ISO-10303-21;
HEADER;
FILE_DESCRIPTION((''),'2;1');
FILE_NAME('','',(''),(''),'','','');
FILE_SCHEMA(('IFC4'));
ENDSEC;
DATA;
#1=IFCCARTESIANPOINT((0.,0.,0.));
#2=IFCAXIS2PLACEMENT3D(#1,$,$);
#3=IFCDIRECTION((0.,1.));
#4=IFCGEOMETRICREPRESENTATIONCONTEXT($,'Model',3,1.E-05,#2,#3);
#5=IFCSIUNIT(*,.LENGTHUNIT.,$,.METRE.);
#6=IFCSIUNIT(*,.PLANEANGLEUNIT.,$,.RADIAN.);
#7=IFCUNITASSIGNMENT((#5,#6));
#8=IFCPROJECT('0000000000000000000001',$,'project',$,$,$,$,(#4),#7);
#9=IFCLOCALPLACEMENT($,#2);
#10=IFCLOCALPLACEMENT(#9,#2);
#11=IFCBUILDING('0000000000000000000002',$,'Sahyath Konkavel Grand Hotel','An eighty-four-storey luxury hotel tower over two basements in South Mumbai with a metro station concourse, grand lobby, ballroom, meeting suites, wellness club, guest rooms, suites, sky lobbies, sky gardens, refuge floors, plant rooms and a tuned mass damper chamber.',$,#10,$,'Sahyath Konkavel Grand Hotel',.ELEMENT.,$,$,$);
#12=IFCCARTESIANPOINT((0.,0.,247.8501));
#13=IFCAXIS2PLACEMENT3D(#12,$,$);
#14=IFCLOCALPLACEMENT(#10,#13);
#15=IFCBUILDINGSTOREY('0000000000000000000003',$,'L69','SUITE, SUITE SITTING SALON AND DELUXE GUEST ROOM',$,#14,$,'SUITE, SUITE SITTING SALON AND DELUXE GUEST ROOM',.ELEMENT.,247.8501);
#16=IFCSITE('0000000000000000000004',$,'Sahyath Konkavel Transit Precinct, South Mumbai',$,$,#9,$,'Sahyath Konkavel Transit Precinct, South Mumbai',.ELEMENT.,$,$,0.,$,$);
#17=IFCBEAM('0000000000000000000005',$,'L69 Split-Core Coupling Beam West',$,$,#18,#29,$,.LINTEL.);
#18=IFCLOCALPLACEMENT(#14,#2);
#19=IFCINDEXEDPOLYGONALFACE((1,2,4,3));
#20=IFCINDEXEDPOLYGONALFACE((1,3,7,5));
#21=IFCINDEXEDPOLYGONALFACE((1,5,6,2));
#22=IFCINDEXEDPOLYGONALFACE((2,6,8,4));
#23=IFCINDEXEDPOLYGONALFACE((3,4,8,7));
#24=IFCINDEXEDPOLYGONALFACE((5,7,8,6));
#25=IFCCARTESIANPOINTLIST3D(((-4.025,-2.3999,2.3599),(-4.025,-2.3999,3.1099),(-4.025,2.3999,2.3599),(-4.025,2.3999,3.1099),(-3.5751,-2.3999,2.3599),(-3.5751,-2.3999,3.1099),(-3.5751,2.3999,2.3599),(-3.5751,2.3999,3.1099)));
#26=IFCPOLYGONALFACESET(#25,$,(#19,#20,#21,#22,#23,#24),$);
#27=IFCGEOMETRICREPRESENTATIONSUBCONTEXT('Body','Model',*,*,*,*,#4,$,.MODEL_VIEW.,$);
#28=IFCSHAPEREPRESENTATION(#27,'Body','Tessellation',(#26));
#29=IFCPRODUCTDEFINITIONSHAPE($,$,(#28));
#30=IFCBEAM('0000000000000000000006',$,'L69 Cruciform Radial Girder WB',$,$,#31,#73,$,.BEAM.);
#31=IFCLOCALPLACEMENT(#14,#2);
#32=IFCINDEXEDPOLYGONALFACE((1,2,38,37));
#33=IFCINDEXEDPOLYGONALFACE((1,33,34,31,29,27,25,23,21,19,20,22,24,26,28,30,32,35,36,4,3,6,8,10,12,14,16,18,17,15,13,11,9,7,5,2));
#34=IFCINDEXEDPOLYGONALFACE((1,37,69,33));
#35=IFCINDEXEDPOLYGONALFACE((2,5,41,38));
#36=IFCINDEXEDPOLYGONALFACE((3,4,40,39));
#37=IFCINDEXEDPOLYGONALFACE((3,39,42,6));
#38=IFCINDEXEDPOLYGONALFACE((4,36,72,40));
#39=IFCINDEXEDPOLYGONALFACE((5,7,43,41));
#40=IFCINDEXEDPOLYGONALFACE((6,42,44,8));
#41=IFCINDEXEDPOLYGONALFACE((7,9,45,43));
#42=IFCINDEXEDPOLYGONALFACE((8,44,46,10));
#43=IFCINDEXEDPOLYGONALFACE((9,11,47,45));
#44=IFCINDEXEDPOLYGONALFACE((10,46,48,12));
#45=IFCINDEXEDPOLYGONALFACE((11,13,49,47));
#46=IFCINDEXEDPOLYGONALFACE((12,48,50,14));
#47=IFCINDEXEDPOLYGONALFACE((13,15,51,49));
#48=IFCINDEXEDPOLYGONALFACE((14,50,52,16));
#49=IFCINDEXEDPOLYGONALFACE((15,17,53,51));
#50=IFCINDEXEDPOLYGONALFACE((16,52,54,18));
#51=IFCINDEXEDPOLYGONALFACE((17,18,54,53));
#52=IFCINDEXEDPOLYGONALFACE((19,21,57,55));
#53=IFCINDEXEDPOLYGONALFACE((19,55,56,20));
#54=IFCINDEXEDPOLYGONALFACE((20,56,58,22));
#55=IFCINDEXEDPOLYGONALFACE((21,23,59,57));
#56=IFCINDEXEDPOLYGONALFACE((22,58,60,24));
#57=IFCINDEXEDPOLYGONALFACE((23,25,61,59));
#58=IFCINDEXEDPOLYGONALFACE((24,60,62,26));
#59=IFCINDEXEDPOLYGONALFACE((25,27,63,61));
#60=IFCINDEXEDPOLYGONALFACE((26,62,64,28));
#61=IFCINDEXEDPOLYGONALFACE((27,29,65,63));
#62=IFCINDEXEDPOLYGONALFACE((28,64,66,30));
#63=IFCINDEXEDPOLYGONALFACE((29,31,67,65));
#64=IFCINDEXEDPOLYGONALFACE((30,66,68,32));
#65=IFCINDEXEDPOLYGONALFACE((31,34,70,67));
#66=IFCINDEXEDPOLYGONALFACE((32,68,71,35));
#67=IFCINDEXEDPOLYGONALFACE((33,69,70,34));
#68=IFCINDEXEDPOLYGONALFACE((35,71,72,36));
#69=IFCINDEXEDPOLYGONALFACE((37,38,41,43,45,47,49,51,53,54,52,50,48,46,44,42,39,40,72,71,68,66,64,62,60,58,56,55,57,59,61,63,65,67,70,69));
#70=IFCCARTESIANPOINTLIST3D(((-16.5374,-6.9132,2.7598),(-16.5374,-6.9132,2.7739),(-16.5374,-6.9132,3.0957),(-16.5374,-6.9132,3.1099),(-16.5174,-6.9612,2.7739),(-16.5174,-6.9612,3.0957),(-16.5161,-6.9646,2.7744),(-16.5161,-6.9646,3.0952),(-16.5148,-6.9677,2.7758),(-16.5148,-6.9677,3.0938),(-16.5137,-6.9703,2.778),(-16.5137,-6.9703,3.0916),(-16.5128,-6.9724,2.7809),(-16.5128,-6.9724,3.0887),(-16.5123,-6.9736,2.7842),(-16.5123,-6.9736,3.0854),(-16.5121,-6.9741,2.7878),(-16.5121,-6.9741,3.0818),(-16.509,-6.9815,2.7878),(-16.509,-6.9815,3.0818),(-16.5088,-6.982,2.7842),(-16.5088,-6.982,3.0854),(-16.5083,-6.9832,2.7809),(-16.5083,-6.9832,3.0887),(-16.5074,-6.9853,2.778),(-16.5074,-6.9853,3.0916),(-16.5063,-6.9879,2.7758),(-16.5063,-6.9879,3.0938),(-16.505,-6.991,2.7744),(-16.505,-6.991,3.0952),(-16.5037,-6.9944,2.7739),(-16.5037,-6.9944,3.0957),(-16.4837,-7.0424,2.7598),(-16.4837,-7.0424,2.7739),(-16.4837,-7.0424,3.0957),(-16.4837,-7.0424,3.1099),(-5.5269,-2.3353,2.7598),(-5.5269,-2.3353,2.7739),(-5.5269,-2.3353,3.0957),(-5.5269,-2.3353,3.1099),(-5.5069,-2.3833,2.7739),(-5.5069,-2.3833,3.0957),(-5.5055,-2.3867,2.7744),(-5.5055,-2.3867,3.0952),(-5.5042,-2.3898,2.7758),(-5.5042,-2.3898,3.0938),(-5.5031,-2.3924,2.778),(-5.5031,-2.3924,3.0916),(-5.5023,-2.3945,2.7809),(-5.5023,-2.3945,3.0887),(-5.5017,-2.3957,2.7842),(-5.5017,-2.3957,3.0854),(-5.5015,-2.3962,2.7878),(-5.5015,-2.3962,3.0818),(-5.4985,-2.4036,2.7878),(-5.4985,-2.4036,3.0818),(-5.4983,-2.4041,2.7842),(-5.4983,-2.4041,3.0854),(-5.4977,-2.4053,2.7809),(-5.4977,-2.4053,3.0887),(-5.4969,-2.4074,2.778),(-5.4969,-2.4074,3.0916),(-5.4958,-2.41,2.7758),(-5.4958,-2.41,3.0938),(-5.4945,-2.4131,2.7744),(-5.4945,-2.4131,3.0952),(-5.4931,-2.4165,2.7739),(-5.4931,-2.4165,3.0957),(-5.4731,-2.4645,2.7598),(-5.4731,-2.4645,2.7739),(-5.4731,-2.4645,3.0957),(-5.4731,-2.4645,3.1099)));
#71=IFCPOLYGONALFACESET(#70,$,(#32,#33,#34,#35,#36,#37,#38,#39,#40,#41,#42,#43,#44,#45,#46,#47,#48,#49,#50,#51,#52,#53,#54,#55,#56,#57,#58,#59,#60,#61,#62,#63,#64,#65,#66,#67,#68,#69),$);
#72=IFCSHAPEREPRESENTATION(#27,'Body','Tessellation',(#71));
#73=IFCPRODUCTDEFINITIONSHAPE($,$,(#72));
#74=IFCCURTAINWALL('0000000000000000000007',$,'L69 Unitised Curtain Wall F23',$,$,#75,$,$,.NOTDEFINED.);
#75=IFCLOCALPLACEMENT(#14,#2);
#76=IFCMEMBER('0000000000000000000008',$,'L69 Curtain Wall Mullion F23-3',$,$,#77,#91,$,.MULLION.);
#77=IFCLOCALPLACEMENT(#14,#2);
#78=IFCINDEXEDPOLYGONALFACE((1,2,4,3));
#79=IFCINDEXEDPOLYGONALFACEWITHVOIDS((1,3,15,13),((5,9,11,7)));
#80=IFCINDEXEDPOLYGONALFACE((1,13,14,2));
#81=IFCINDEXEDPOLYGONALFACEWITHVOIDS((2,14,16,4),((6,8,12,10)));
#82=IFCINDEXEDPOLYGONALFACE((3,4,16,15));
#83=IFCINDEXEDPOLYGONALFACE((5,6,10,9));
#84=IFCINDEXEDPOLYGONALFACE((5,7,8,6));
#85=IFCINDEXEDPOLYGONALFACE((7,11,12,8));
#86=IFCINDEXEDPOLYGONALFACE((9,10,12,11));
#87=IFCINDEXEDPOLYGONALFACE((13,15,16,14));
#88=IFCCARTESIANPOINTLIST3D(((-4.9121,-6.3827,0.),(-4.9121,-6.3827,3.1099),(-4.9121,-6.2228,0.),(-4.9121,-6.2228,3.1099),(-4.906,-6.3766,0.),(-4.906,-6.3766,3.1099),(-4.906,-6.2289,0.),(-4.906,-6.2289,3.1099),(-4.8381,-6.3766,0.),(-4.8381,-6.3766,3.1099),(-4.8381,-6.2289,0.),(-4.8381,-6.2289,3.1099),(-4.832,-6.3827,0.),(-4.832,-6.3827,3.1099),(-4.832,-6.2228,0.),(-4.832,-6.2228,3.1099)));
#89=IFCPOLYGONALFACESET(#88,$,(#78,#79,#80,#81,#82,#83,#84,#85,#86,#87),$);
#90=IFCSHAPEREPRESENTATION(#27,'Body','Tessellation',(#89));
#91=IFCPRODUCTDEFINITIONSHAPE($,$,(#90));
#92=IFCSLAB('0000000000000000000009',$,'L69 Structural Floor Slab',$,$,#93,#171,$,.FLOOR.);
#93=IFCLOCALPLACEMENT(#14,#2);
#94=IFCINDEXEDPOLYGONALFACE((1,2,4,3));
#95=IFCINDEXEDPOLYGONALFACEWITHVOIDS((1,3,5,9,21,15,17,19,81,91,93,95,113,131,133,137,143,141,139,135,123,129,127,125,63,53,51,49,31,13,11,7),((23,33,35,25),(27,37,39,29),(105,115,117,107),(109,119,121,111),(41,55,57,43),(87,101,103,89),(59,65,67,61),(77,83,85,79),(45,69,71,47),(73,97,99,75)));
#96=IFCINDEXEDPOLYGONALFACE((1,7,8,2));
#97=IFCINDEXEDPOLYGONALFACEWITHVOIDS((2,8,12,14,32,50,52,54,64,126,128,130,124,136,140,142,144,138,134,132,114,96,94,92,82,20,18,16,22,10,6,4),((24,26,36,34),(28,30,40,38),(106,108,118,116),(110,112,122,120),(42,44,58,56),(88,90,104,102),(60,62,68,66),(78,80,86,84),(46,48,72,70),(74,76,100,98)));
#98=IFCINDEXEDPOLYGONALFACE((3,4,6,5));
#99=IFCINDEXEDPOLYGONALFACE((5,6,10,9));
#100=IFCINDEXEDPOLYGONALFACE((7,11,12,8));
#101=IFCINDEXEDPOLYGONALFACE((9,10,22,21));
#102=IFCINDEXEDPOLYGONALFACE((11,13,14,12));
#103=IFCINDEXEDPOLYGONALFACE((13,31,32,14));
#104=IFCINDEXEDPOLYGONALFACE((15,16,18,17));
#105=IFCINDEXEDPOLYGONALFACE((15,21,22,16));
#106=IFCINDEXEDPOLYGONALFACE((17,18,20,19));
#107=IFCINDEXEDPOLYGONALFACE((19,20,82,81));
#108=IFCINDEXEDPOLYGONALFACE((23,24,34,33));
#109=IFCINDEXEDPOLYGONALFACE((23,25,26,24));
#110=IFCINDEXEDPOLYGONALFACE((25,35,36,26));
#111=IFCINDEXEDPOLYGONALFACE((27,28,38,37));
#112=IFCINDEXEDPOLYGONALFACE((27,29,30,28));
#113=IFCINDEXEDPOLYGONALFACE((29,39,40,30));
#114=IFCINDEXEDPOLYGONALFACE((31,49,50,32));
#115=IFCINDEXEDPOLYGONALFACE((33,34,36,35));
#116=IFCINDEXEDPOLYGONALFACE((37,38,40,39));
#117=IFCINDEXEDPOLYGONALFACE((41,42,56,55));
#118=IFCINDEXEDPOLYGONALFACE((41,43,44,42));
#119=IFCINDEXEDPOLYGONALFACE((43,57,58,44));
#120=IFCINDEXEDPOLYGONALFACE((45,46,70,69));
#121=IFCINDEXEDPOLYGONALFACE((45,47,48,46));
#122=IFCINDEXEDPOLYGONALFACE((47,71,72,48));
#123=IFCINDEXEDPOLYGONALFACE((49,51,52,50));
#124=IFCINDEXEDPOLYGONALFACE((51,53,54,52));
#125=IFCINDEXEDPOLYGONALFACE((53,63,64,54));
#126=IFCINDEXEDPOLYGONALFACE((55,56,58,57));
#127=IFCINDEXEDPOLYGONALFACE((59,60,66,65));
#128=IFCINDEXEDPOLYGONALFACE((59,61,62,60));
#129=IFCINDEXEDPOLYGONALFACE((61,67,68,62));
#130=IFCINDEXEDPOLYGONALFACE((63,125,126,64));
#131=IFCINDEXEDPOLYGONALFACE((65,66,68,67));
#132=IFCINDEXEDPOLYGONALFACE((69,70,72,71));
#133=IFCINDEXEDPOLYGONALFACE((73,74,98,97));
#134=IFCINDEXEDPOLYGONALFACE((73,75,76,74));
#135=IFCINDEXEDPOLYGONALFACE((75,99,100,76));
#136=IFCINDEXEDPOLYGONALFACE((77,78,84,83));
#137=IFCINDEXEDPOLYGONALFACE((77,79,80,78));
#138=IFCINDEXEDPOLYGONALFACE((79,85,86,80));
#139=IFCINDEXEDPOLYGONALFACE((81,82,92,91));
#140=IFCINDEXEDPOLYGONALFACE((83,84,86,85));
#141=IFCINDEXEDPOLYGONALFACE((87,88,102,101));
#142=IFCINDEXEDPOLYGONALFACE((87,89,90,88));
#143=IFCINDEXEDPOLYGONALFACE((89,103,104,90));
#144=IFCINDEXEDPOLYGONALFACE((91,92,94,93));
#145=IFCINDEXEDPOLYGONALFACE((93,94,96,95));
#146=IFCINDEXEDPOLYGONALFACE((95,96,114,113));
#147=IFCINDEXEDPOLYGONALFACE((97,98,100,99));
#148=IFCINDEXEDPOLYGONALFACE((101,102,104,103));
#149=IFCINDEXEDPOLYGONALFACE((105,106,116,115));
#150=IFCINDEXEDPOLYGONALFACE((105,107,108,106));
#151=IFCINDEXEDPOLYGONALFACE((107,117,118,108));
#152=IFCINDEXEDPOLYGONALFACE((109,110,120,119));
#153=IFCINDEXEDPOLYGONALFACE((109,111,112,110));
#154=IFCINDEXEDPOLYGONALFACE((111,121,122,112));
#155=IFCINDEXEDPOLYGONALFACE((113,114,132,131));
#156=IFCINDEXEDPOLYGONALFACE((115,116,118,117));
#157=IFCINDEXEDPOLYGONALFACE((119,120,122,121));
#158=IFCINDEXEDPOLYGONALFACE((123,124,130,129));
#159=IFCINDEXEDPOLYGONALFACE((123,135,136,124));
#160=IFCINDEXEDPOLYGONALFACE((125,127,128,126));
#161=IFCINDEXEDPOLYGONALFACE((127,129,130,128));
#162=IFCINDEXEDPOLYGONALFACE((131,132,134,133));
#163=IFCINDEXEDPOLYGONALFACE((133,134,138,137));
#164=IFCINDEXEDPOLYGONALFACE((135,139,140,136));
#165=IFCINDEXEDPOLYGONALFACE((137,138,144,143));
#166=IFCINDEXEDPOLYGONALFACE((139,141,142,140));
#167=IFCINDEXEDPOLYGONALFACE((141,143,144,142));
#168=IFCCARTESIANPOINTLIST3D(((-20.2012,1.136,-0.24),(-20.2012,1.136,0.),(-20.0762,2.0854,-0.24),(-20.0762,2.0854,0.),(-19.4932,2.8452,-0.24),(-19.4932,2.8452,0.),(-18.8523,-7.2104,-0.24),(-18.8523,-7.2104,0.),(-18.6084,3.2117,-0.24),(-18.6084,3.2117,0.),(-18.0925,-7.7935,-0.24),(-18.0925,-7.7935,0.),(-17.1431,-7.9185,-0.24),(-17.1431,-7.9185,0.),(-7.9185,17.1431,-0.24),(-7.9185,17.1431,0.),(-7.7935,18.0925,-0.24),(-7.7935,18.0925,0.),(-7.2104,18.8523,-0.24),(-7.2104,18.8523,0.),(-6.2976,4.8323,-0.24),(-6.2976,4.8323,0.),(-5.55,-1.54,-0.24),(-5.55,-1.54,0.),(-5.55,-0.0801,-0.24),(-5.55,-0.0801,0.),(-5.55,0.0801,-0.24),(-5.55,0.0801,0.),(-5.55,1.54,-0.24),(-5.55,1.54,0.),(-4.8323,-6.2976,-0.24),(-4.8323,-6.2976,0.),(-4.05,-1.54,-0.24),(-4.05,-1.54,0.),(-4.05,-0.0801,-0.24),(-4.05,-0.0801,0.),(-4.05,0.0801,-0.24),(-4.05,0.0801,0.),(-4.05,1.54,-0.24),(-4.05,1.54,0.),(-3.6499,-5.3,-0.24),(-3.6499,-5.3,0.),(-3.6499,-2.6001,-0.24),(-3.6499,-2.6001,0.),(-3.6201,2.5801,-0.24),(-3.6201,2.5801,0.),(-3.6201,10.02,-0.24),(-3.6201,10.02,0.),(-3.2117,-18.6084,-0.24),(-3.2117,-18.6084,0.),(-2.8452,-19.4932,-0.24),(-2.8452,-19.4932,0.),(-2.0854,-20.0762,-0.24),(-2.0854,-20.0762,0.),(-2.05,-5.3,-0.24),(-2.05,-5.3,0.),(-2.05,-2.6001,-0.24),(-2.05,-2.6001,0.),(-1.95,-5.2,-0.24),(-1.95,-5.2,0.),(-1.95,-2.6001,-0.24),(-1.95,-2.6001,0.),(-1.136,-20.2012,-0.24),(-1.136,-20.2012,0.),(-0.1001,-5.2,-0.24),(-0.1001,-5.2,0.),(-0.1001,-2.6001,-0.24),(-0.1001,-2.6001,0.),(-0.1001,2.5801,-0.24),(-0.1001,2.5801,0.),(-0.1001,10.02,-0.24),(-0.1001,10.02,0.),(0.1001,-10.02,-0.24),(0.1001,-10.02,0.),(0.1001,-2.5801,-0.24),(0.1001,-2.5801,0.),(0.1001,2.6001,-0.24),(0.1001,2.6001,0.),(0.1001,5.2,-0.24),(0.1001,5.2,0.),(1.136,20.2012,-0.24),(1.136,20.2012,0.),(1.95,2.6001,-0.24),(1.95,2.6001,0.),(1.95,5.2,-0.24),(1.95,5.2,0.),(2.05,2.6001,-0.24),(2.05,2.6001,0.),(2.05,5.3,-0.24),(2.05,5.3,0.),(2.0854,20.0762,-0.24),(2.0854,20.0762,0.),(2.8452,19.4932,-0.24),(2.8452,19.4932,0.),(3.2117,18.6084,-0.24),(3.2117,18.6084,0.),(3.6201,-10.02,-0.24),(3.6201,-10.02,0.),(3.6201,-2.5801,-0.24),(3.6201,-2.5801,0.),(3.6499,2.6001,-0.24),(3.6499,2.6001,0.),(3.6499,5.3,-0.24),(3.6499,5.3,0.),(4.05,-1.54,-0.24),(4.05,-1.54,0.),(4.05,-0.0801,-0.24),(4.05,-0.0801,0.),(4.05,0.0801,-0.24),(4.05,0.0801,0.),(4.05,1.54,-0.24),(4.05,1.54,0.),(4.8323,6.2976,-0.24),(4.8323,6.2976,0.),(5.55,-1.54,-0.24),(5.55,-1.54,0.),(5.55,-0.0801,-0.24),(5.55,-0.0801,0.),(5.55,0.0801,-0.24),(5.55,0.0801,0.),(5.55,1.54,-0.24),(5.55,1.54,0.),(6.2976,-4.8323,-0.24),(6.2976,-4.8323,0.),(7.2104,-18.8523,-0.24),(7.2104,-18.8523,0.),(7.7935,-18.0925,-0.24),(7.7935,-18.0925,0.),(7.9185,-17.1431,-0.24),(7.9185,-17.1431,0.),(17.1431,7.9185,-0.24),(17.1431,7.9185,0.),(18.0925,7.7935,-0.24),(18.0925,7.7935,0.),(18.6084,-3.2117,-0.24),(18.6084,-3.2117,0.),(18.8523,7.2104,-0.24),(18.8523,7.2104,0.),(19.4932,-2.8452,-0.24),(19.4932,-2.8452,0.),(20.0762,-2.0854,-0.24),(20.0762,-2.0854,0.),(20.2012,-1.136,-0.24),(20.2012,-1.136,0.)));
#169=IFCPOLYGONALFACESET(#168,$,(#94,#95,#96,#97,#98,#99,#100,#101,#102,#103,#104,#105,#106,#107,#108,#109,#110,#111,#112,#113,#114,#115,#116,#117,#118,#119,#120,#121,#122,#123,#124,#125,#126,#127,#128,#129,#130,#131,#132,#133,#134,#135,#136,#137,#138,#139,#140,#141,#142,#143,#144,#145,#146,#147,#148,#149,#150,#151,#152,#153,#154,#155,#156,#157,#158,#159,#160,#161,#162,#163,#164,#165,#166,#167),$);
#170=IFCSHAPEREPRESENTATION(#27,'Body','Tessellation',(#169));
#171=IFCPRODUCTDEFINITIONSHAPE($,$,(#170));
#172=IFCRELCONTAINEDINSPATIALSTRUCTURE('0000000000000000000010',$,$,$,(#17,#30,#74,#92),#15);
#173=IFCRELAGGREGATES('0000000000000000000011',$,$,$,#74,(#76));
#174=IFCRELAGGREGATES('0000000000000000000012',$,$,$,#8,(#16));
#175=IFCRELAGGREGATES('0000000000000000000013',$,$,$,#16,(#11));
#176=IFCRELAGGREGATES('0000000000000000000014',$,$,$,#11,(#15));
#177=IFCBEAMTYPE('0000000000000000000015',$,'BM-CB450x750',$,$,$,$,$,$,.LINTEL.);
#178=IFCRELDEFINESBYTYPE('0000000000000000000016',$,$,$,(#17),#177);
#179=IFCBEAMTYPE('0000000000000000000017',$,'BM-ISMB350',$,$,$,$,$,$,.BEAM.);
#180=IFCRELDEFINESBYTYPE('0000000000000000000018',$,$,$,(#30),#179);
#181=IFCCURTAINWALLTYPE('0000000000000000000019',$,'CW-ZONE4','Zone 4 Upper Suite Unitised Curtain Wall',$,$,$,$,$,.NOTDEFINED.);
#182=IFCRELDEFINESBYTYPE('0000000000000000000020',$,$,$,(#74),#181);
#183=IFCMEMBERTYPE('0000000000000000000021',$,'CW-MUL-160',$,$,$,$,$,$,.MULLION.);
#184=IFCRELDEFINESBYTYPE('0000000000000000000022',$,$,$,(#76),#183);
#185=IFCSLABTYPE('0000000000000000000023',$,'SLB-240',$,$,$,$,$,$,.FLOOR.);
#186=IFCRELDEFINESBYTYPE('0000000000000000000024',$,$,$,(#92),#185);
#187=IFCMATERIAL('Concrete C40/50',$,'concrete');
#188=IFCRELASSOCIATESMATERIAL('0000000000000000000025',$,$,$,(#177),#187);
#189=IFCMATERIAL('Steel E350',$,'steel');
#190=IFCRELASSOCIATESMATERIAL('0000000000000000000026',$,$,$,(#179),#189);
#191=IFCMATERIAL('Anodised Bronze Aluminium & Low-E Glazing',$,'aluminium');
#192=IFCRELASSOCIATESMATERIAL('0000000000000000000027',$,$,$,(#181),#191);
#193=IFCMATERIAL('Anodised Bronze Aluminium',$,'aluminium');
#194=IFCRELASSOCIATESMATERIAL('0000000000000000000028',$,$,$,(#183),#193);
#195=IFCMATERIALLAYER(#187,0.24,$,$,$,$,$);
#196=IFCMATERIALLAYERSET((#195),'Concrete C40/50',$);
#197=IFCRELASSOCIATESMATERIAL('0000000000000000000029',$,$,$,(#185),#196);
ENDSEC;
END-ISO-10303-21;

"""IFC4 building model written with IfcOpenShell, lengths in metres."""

from ifc_helpers import new_model, si_unit, direction, frame, origin, origin_2d, place, context, subcontext, project, spatial, polyline, rectangle, hollow_rectangle, i_section, outline, extrude, source, transform, mapped, material, layer, layer_set, material_profile, profile_set, type_object, element, aggregate, save


model = new_model("IFC4")

# Units and contexts
model_context = context("Model", 3, precision=1e-05, world=origin(), true_north=direction((0.0, 1.0)))
body_context = subcontext(model_context, "Body", "Model", "MODEL_VIEW")
ifc_project = project(units=[si_unit("LENGTHUNIT", "METRE"), si_unit("PLANEANGLEUNIT", "RADIAN")], contexts=[model_context])

# Site, building, storey
site_placement = place(None, origin())
site = spatial("IfcSite", under=ifc_project, at=site_placement, Name="Sahyath Konkavel Transit Precinct, South Mumbai", LongName="Sahyath Konkavel Transit Precinct, South Mumbai", CompositionType="ELEMENT", RefElevation=0.0)
building_placement = place(site_placement, origin())
building = spatial("IfcBuilding", under=site, at=building_placement, Name="Sahyath Konkavel Grand Hotel", Description="An eighty-four-storey luxury hotel tower over two basements in South Mumbai with a metro station concourse, grand lobby, ballroom, meeting suites, wellness club, guest rooms, suites, sky lobbies, sky gardens, refuge floors, plant rooms and a tuned mass damper chamber.", LongName="Sahyath Konkavel Grand Hotel", CompositionType="ELEMENT")
storey_placement = place(building_placement, frame((0.0, 0.0, 247.8501)))
storey = spatial("IfcBuildingStorey", under=building, at=storey_placement, Name="L69", Description="SUITE, SUITE SITTING SALON AND DELUXE GUEST ROOM", LongName="SUITE, SUITE SITTING SALON AND DELUXE GUEST ROOM", CompositionType="ELEMENT", Elevation=247.8501)

# Shared definitions
ifc_material_1 = material(Name="Concrete C40/50", Category="concrete")

# Beams
ifc_material_2 = material(Name="Steel E350", Category="steel")
ifc_material_profile_1 = material_profile(ifc_material_1, rectangle(XDim=0.45, YDim=0.75, at=origin_2d()), Name="RC 450x750")
ifc_profile_set_1 = profile_set([ifc_material_profile_1], Name="Concrete C40/50")
beam_type_1 = type_object("IfcBeamType", Name="BM-CB450x750", PredefinedType="LINTEL", material=ifc_profile_set_1)
shared_shape_1 = source(origin(), body_context, "Body", "SweptSolid", [
    extrude(rectangle(XDim=0.45, YDim=0.75, at=origin_2d()), origin(), (0.0, 0.0, 1.0), 4.7998),
])
beam_1_placement = place(storey_placement, frame((-3.8, -2.3999, 2.7349), z_axis=(0.0, 1.0, 0.0), x_axis=(-1.0, 0.0, 0.0)))
element("IfcBeam", 1, at=beam_1_placement, inside=storey, type_object=beam_type_1, Name="L69 Split-Core Coupling Beam West", PredefinedType="LINTEL", context=body_context, shape_type="MappedRepresentation", body=[
    mapped(shared_shape_1, transform((0.0, 0.0, 0.0), scale=1.0)),
])
ifc_material_profile_2 = material_profile(ifc_material_2, i_section(OverallWidth=0.1399, OverallDepth=0.3501, WebThickness=0.0081, FlangeThickness=0.0142, FilletRadius=0.0139, at=origin_2d()), Name="ISMB 350")
ifc_profile_set_2 = profile_set([ifc_material_profile_2], Name="Steel E350")
beam_type_2 = type_object("IfcBeamType", Name="BM-ISMB350", PredefinedType="BEAM", material=ifc_profile_set_2)
shared_shape_2 = source(origin(), body_context, "Body", "SweptSolid", [
    extrude(i_section(OverallWidth=0.1399, OverallDepth=0.3501, WebThickness=0.0081, FlangeThickness=0.0142, FilletRadius=0.0139, at=origin_2d()), origin(), (0.0, 0.0, 1.0), 11.9243),
])
beam_2_placement = place(storey_placement, frame((-5.5, -2.3999, 2.9348), z_axis=(-0.923369, -0.383913, 0.0), x_axis=(0.383913, -0.923369, 0.0)))
element("IfcBeam", 2, at=beam_2_placement, inside=storey, type_object=beam_type_2, Name="L69 Cruciform Radial Girder WB", PredefinedType="BEAM", context=body_context, shape_type="MappedRepresentation", body=[
    mapped(shared_shape_2, transform((0.0, 0.0, 0.0), scale=1.0)),
])

# Curtain wall, member
ifc_material_3 = material(Name="Anodised Bronze Aluminium & Low-E Glazing", Category="aluminium")
curtain_wall_type = type_object("IfcCurtainWallType", Name="CW-ZONE4", Description="Zone 4 Upper Suite Unitised Curtain Wall", PredefinedType="NOTDEFINED", material=ifc_material_3)
curtain_wall_placement = place(storey_placement, origin())
curtain_wall = element("IfcCurtainWall", 3, at=curtain_wall_placement, inside=storey, type_object=curtain_wall_type, Name="L69 Unitised Curtain Wall F23", PredefinedType="NOTDEFINED")
ifc_material_4 = material(Name="Anodised Bronze Aluminium", Category="aluminium")
ifc_material_profile_3 = material_profile(ifc_material_4, hollow_rectangle(XDim=0.0801, YDim=0.1599, WallThickness=0.0061, at=origin_2d()), Name="RHS 160x80x6")
ifc_profile_set_3 = profile_set([ifc_material_profile_3], Name="Anodised Bronze Aluminium")
member_type = type_object("IfcMemberType", Name="CW-MUL-160", PredefinedType="MULLION", material=ifc_profile_set_3)
shared_shape_3 = source(origin(), body_context, "Body", "SweptSolid", [
    extrude(hollow_rectangle(XDim=0.0801, YDim=0.1599, WallThickness=0.0061, at=origin_2d()), origin(), (0.0, 0.0, 1.0), 3.1099),
])
member_placement = place(storey_placement, frame((-4.8721, -6.3027, 0.0), z_axis=(0.0, 0.0, 1.0), x_axis=(1.0, 0.0, 0.0)))
member = element("IfcMember", 4, at=member_placement, type_object=member_type, Name="L69 Curtain Wall Mullion F23-3", PredefinedType="MULLION", context=body_context, shape_type="MappedRepresentation", body=[
    mapped(shared_shape_3, transform((0.0, 0.0, 0.0), scale=1.0)),
])

# Slab
ifc_layer_1 = layer(ifc_material_1, 0.24)
ifc_layer_set_1 = layer_set([ifc_layer_1], Name="Concrete C40/50")
slab_type = type_object("IfcSlabType", Name="SLB-240", PredefinedType="FLOOR", material=ifc_layer_set_1)
slab_placement = place(storey_placement, frame((0.0, 0.0, -0.24)))
element("IfcSlab", 5, at=slab_placement, inside=storey, type_object=slab_type, Name="L69 Structural Floor Slab", PredefinedType="FLOOR", context=body_context, shape_type="SweptSolid", body=[
    extrude(outline(polyline([(6.2976, -4.8323), (18.6084, -3.2117), (19.4932, -2.8452), (20.0762, -2.0854), (20.2012, -1.136), (18.8523, 7.2104), (18.0925, 7.7935), (17.1431, 7.9185), (4.8323, 6.2976), (3.2117, 18.6084), (2.8452, 19.4932), (2.0854, 20.0762), (1.136, 20.2012), (-7.2104, 18.8523), (-7.7935, 18.0925), (-7.9185, 17.1431), (-6.2976, 4.8323), (-18.6084, 3.2117), (-19.4932, 2.8452), (-20.0762, 2.0854), (-20.2012, 1.136), (-18.8523, -7.2104), (-18.0925, -7.7935), (-17.1431, -7.9185), (-4.8323, -6.2976), (-3.2117, -18.6084), (-2.8452, -19.4932), (-2.0854, -20.0762), (-1.136, -20.2012), (7.2104, -18.8523), (7.7935, -18.0925), (7.9185, -17.1431), (6.2976, -4.8323)]), holes=[polyline([(-3.6201, 2.5801), (-0.1001, 2.5801), (-0.1001, 10.02), (-3.6201, 10.02), (-3.6201, 2.5801)]), polyline([(0.1001, -10.02), (3.6201, -10.02), (3.6201, -2.5801), (0.1001, -2.5801), (0.1001, -10.02)]), polyline([(0.1001, 2.6001), (1.95, 2.6001), (1.95, 5.2), (0.1001, 5.2), (0.1001, 2.6001)]), polyline([(-1.95, -5.2), (-0.1001, -5.2), (-0.1001, -2.6001), (-1.95, -2.6001), (-1.95, -5.2)]), polyline([(2.05, 2.6001), (3.6499, 2.6001), (3.6499, 5.3), (2.05, 5.3), (2.05, 2.6001)]), polyline([(-3.6499, -5.3), (-2.05, -5.3), (-2.05, -2.6001), (-3.6499, -2.6001), (-3.6499, -5.3)]), polyline([(4.05, 0.0801), (5.55, 0.0801), (5.55, 1.54), (4.05, 1.54), (4.05, 0.0801)]), polyline([(4.05, -1.54), (5.55, -1.54), (5.55, -0.0801), (4.05, -0.0801), (4.05, -1.54)]), polyline([(-5.55, 0.0801), (-4.05, 0.0801), (-4.05, 1.54), (-5.55, 1.54), (-5.55, 0.0801)]), polyline([(-5.55, -1.54), (-4.05, -1.54), (-4.05, -0.0801), (-5.55, -0.0801), (-5.55, -1.54)])]), origin(), (0.0, 0.0, 1.0), 0.24),
])

aggregate(curtain_wall, [member])

save(model, "model.ifc")
